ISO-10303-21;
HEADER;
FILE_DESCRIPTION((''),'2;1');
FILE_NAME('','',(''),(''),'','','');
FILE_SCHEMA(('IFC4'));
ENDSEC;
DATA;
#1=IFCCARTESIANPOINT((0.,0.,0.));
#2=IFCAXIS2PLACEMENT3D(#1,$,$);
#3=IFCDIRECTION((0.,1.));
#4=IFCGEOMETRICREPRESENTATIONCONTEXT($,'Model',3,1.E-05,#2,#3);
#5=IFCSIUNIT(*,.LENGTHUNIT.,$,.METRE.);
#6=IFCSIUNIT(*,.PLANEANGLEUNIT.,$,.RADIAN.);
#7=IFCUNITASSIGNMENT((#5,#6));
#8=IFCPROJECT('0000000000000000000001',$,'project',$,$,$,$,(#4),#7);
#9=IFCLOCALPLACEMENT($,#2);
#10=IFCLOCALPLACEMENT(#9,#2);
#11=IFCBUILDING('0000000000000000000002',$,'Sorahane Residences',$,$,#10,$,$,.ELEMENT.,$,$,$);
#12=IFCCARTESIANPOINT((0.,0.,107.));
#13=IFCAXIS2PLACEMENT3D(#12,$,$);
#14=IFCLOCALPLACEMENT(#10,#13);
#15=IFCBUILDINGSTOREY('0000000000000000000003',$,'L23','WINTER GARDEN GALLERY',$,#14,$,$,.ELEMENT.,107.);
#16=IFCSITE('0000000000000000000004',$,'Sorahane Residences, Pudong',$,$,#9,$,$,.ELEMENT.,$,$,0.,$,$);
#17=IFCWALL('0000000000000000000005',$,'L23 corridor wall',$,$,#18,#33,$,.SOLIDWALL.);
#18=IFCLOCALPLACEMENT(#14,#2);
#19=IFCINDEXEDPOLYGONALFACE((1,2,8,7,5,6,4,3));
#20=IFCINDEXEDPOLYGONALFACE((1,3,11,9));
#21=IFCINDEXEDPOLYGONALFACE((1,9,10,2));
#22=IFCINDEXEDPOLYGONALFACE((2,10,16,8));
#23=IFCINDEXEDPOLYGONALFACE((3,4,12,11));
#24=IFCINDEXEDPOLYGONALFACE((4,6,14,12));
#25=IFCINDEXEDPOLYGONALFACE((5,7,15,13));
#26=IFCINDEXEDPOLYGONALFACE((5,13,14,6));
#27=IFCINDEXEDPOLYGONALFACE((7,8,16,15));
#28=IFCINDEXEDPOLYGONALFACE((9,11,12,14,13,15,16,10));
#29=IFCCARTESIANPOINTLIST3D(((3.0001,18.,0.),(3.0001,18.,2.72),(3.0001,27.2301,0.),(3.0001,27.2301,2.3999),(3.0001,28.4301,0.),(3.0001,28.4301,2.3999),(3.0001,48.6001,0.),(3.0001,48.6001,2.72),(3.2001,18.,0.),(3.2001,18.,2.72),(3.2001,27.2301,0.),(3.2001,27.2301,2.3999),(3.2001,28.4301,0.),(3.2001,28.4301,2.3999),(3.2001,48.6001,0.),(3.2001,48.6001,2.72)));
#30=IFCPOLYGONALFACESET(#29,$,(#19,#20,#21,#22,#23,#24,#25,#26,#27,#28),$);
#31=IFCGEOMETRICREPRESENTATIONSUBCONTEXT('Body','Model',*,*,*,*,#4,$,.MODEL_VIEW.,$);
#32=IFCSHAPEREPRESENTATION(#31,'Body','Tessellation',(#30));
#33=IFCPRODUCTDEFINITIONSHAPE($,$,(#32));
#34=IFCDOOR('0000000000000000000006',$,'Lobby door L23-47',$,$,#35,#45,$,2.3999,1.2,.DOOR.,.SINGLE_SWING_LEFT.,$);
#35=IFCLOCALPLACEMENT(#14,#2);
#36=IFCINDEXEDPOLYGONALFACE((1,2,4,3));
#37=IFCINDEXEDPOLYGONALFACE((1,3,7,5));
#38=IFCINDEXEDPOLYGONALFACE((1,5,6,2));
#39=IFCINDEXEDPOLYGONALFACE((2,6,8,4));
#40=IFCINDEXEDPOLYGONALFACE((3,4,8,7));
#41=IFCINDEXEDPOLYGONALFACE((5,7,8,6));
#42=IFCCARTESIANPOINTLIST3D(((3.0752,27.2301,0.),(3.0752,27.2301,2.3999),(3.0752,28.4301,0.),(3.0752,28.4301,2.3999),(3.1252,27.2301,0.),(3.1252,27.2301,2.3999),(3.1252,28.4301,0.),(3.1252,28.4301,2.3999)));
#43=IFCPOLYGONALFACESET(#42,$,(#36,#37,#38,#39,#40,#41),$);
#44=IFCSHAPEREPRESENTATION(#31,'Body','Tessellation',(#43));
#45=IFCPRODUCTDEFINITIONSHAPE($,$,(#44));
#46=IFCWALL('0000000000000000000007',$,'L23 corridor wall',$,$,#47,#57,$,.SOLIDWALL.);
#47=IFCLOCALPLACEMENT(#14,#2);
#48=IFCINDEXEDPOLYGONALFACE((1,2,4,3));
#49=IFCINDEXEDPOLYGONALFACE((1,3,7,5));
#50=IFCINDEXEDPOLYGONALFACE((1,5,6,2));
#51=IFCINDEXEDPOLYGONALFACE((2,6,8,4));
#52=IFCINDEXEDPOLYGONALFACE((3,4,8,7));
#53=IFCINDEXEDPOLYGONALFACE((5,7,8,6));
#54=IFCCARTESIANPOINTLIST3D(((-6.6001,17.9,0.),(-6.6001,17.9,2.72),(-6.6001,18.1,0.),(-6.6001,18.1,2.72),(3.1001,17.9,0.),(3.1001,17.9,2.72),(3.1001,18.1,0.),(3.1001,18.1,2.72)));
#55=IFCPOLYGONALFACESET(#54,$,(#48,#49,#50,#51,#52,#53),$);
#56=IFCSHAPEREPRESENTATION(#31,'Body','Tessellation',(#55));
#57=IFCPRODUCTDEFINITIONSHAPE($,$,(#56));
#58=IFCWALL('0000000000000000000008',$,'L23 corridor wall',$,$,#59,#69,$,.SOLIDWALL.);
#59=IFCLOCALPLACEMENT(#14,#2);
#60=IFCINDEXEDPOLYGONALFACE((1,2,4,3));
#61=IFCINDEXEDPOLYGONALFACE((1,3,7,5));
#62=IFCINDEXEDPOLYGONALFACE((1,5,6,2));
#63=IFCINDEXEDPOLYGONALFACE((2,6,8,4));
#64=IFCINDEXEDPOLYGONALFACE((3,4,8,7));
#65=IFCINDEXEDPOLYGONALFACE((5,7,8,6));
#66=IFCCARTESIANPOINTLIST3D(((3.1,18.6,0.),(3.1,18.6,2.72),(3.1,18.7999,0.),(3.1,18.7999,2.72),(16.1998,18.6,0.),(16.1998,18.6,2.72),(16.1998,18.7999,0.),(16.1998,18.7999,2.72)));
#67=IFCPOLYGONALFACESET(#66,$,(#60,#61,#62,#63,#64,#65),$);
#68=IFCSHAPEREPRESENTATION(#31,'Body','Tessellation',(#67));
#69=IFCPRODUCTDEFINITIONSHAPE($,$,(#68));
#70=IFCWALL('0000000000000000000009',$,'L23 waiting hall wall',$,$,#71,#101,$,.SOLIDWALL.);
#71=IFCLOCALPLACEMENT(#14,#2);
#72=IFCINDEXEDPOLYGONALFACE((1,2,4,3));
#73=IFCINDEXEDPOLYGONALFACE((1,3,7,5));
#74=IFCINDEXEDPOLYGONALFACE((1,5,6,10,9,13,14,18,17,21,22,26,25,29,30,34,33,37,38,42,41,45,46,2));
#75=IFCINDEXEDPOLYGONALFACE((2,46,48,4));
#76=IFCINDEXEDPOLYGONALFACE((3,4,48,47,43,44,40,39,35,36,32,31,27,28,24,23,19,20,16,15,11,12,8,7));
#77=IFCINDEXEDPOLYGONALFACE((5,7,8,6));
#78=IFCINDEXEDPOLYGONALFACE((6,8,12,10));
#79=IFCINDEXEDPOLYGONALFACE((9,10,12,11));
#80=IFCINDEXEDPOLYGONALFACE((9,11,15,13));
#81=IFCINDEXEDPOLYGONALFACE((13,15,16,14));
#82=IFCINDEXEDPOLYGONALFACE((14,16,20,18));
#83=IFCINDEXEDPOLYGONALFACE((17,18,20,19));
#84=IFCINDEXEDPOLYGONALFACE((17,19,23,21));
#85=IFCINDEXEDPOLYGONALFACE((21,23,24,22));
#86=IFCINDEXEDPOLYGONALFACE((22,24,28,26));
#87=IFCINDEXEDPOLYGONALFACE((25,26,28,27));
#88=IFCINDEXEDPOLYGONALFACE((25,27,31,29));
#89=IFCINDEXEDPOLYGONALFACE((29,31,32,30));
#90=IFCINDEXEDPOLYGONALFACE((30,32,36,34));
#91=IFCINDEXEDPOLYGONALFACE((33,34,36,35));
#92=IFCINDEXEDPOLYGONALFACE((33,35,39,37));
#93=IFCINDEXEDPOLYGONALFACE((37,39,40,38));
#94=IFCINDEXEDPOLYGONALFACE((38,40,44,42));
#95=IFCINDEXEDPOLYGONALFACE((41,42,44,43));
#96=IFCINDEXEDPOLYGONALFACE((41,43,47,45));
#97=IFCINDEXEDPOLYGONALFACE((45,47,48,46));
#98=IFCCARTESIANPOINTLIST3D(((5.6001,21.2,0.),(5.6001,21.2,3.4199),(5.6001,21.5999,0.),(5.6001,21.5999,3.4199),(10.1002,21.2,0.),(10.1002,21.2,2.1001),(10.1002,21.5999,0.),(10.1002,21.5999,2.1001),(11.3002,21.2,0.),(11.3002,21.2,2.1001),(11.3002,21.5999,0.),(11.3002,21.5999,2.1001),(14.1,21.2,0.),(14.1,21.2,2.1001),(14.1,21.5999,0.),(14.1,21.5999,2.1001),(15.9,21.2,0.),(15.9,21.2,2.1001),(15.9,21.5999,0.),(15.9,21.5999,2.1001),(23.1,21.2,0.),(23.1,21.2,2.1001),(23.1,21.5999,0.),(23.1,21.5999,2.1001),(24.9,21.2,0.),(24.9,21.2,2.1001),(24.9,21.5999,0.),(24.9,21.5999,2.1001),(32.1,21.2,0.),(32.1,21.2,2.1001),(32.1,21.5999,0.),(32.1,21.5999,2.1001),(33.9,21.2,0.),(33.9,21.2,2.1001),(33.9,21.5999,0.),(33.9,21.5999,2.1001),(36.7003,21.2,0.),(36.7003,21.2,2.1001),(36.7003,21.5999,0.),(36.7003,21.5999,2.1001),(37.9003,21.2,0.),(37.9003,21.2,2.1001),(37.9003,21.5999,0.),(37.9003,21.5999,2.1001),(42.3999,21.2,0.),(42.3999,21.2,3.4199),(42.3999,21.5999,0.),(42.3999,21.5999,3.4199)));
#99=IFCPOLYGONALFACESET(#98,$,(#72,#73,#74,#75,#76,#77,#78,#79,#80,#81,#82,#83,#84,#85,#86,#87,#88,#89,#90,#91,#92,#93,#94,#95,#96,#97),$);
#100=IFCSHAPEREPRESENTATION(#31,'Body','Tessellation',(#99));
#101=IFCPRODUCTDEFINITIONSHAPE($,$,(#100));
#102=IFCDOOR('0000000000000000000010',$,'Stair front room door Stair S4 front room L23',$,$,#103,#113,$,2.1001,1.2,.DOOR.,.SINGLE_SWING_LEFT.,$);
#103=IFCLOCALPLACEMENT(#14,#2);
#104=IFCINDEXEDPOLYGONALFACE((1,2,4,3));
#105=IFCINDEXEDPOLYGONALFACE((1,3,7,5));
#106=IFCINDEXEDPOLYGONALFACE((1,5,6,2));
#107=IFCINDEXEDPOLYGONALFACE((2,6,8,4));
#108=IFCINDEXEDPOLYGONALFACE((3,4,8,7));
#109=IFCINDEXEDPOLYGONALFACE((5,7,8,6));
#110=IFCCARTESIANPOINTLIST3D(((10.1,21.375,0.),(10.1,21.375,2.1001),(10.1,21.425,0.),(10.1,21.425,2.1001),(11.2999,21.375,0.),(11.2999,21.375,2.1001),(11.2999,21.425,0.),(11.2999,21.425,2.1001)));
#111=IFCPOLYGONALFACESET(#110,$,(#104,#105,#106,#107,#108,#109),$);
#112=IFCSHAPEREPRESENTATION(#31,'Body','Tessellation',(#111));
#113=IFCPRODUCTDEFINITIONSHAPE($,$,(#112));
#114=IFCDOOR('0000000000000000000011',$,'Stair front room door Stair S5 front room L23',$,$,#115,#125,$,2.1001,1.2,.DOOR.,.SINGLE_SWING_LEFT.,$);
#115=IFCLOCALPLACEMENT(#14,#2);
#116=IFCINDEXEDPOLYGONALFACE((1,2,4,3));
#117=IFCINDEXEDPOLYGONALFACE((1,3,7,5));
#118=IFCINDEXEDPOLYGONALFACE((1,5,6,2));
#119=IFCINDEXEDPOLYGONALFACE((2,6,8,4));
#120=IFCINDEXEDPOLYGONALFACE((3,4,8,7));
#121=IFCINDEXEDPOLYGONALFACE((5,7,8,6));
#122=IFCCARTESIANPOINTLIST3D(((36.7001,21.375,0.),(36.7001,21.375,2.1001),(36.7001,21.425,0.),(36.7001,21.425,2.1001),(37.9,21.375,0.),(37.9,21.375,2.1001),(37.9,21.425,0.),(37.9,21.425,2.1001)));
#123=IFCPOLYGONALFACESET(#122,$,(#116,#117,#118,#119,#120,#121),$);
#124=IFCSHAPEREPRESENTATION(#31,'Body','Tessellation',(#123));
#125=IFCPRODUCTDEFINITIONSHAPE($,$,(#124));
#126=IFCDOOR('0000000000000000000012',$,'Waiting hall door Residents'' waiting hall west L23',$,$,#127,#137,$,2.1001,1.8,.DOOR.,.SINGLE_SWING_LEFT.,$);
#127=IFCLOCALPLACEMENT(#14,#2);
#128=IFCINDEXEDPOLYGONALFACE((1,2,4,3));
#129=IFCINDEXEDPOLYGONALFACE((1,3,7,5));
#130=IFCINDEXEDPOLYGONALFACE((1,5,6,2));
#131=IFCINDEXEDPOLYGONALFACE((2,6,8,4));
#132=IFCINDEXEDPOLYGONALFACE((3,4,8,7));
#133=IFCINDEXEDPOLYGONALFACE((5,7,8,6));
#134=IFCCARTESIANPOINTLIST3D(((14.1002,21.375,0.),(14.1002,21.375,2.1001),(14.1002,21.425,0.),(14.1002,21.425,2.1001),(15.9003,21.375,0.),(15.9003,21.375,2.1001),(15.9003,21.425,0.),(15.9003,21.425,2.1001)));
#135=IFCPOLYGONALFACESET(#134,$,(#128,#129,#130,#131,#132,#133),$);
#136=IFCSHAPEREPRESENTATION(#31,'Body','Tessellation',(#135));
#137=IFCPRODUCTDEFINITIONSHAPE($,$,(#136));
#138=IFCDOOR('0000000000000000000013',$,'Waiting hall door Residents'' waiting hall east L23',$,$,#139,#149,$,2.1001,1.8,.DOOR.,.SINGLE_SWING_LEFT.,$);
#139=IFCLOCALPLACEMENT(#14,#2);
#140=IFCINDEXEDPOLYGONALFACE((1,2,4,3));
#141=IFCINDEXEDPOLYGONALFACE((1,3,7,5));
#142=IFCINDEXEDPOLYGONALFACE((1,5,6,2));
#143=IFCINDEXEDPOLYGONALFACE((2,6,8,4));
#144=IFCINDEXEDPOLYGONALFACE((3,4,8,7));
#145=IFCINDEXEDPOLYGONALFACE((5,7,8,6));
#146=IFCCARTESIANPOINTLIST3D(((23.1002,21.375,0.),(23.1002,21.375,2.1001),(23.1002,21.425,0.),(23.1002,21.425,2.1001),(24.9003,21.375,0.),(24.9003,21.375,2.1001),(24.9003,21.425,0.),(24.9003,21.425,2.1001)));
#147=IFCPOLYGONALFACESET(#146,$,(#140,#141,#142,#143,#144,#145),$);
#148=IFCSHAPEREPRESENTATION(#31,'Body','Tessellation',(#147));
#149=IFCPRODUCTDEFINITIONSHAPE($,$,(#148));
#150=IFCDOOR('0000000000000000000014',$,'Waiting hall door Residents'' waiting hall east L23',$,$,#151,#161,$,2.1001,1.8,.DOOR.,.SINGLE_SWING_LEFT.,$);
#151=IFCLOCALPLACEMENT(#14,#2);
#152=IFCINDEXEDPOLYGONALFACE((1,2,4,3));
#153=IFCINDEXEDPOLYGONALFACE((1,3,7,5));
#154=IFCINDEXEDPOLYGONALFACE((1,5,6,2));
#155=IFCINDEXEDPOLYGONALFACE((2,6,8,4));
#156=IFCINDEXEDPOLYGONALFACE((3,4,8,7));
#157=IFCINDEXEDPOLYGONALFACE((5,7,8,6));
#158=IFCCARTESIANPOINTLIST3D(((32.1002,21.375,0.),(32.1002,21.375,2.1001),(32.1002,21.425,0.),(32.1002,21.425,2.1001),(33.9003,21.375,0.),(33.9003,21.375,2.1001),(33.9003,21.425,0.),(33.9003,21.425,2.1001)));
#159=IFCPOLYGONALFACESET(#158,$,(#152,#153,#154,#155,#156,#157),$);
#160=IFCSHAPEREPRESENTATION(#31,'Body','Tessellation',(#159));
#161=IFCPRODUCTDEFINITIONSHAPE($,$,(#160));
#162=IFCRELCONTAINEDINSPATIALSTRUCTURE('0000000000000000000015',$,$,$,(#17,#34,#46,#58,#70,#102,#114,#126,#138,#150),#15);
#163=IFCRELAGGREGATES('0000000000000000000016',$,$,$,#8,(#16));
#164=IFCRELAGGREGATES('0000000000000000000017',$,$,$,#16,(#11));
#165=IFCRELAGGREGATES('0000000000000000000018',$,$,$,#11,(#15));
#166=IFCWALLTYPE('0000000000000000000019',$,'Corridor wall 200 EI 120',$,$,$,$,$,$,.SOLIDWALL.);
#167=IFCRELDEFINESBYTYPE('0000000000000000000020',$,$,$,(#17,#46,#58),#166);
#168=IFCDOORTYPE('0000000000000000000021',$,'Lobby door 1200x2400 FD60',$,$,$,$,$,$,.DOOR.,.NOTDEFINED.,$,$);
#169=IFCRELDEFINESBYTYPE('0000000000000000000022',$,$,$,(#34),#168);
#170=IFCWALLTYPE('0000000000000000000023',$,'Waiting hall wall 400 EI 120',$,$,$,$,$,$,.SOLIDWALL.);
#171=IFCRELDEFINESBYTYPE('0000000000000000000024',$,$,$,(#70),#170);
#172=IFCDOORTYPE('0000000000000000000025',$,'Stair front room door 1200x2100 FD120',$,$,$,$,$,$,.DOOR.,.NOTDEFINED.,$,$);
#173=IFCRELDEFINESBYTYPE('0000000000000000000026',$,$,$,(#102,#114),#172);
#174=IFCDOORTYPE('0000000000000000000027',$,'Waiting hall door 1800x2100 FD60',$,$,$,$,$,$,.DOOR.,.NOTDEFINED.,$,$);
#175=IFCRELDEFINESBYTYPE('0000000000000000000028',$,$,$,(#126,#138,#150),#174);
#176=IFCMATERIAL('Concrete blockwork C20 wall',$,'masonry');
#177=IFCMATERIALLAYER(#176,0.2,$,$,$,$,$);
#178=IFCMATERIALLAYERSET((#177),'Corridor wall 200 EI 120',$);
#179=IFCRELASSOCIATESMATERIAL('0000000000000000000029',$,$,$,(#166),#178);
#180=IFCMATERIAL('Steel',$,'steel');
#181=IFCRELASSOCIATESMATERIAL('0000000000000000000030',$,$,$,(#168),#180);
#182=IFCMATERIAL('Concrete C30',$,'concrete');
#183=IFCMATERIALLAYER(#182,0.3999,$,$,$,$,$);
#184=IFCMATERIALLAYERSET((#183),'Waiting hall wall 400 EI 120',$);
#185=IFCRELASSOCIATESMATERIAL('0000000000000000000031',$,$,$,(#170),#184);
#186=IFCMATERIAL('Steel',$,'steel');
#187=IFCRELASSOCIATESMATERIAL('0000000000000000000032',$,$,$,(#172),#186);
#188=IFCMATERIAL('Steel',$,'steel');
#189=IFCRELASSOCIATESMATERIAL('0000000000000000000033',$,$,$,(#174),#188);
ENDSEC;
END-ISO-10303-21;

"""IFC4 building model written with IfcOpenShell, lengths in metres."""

from ifc_helpers import new_model, si_unit, direction, frame, frame_2d, origin, place, context, subcontext, project, spatial, rectangle, extrude, material, layer, layer_set, type_object, element, fill, save


model = new_model("IFC4")

# Units and contexts
model_context = context("Model", 3, precision=1e-05, world=origin(), true_north=direction((0.0, 1.0)))
body_context = subcontext(model_context, "Body", "Model", "MODEL_VIEW")
ifc_project = project(units=[si_unit("LENGTHUNIT", "METRE"), si_unit("PLANEANGLEUNIT", "RADIAN")], contexts=[model_context])

# Site, building, storey
site_placement = place(None, origin())
site = spatial("IfcSite", under=ifc_project, at=site_placement, Name="Sorahane Residences, Pudong", CompositionType="ELEMENT", RefElevation=0.0)
building_placement = place(site_placement, origin())
building = spatial("IfcBuilding", under=site, at=building_placement, Name="Sorahane Residences", CompositionType="ELEMENT")
storey_placement = place(building_placement, frame((0.0, 0.0, 107.0)))
storey = spatial("IfcBuildingStorey", under=building, at=storey_placement, Name="L23", Description="WINTER GARDEN GALLERY", CompositionType="ELEMENT", Elevation=107.0)

# Wall, opening, door
ifc_material_1 = material(Name="Concrete blockwork C20 wall", Category="masonry")
ifc_layer_1 = layer(ifc_material_1, 0.2)
ifc_layer_set_1 = layer_set([ifc_layer_1], Name="Corridor wall 200 EI 120")
wall_type_1 = type_object("IfcWallType", Name="Corridor wall 200 EI 120", PredefinedType="SOLIDWALL", material=ifc_layer_set_1)
wall_1_placement = place(storey_placement, frame((3.1001, 18.0, 0.0), z_axis=(0.0, 0.0, 1.0), x_axis=(0.0, 1.0, 0.0)))
wall_1 = element("IfcWall", 1, at=wall_1_placement, inside=storey, type_object=wall_type_1, Name="L23 corridor wall", PredefinedType="SOLIDWALL", context=body_context, shape_type="SweptSolid", body=[
    extrude(rectangle(XDim=30.6001, YDim=0.2, at=frame_2d((15.3, 0.0))), origin(), (0.0, 0.0, 1.0), 2.72),
])
opening_1_placement = place(wall_1_placement, frame((9.23, 0.0, 0.0)))
opening_1 = element("IfcOpeningElement", 2, at=opening_1_placement, cuts=wall_1, PredefinedType="OPENING", context=body_context, shape_type="SweptSolid", body=[
    extrude(rectangle(XDim=1.2, YDim=2.3999, at=frame_2d((0.6001, 1.2))), frame((0.0, 0.1099, 0.0), z_axis=(0.0, -1.0, 0.0), x_axis=(1.0, 0.0, 0.0)), (0.0, 0.0, 1.0), 0.22),
])
ifc_material_2 = material(Name="Steel", Category="steel")
door_type_1 = type_object("IfcDoorType", Name="Lobby door 1200x2400 FD60", OperationType="NOTDEFINED", PredefinedType="DOOR", material=ifc_material_2)
door_1_placement = place(opening_1_placement, origin())
door_1 = element("IfcDoor", 3, at=door_1_placement, inside=storey, type_object=door_type_1, Name="Lobby door L23-47", OperationType="SINGLE_SWING_LEFT", OverallHeight=2.3999, OverallWidth=1.2, PredefinedType="DOOR", context=body_context, shape_type="SweptSolid", body=[
    extrude(rectangle(XDim=1.2, YDim=2.3999, at=frame_2d((0.6001, 1.2))), frame((0.0, 0.0249, 0.0), z_axis=(0.0, -1.0, 0.0), x_axis=(1.0, 0.0, 0.0)), (0.0, 0.0, 1.0), 0.05),
])
fill(opening_1, door_1)

# Walls
wall_2_placement = place(storey_placement, frame((-6.6001, 18.0, 0.0), z_axis=(0.0, 0.0, 1.0), x_axis=(1.0, 0.0, 0.0)))
element("IfcWall", 4, at=wall_2_placement, inside=storey, type_object=wall_type_1, Name="L23 corridor wall", PredefinedType="SOLIDWALL", context=body_context, shape_type="SweptSolid", body=[
    extrude(rectangle(XDim=9.7002, YDim=0.2, at=frame_2d((4.8501, 0.0))), origin(), (0.0, 0.0, 1.0), 2.72),
])
wall_3_placement = place(storey_placement, frame((3.1001, 18.7, 0.0), z_axis=(0.0, 0.0, 1.0), x_axis=(1.0, 0.0, 0.0)))
element("IfcWall", 5, at=wall_3_placement, inside=storey, type_object=wall_type_1, Name="L23 corridor wall", PredefinedType="SOLIDWALL", context=body_context, shape_type="SweptSolid", body=[
    extrude(rectangle(XDim=13.0999, YDim=0.2, at=frame_2d((6.5498, 0.0))), origin(), (0.0, 0.0, 1.0), 2.72),
])

# Wall, openings, doors
ifc_material_3 = material(Name="Concrete C30", Category="concrete")
ifc_layer_2 = layer(ifc_material_3, 0.3999)
ifc_layer_set_2 = layer_set([ifc_layer_2], Name="Waiting hall wall 400 EI 120")
wall_type_2 = type_object("IfcWallType", Name="Waiting hall wall 400 EI 120", PredefinedType="SOLIDWALL", material=ifc_layer_set_2)
wall_4_placement = place(storey_placement, frame((5.6001, 21.3999, 0.0), z_axis=(0.0, 0.0, 1.0), x_axis=(1.0, 0.0, 0.0)))
wall_4 = element("IfcWall", 6, at=wall_4_placement, inside=storey, type_object=wall_type_2, Name="L23 waiting hall wall", PredefinedType="SOLIDWALL", context=body_context, shape_type="SweptSolid", body=[
    extrude(rectangle(XDim=36.7998, YDim=0.3999, at=frame_2d((18.3999, 0.0))), origin(), (0.0, 0.0, 1.0), 3.4199),
])
opening_2_placement = place(wall_4_placement, frame((8.5, 0.0, 0.0)))
opening_2 = element("IfcOpeningElement", 7, at=opening_2_placement, cuts=wall_4, PredefinedType="OPENING", context=body_context, shape_type="SweptSolid", body=[
    extrude(rectangle(XDim=1.8, YDim=2.1001, at=frame_2d((0.8999, 1.05))), frame((0.0, 0.21, 0.0), z_axis=(0.0, -1.0, 0.0), x_axis=(1.0, 0.0, 0.0)), (0.0, 0.0, 1.0), 0.4199),
])
opening_3_placement = place(wall_4_placement, frame((17.5, 0.0, 0.0)))
opening_3 = element("IfcOpeningElement", 8, at=opening_3_placement, cuts=wall_4, PredefinedType="OPENING", context=body_context, shape_type="SweptSolid", body=[
    extrude(rectangle(XDim=1.8, YDim=2.1001, at=frame_2d((0.8999, 1.05))), frame((0.0, 0.21, 0.0), z_axis=(0.0, -1.0, 0.0), x_axis=(1.0, 0.0, 0.0)), (0.0, 0.0, 1.0), 0.4199),
])
opening_4_placement = place(wall_4_placement, frame((26.5, 0.0, 0.0)))
opening_4 = element("IfcOpeningElement", 9, at=opening_4_placement, cuts=wall_4, PredefinedType="OPENING", context=body_context, shape_type="SweptSolid", body=[
    extrude(rectangle(XDim=1.8, YDim=2.1001, at=frame_2d((0.8999, 1.05))), frame((0.0, 0.21, 0.0), z_axis=(0.0, -1.0, 0.0), x_axis=(1.0, 0.0, 0.0)), (0.0, 0.0, 1.0), 0.4199),
])
opening_5_placement = place(wall_4_placement, frame((4.5, 0.0, 0.0)))
opening_5 = element("IfcOpeningElement", 10, at=opening_5_placement, cuts=wall_4, PredefinedType="OPENING", context=body_context, shape_type="SweptSolid", body=[
    extrude(rectangle(XDim=1.2, YDim=2.1001, at=frame_2d((0.6001, 1.05))), frame((0.0, 0.21, 0.0), z_axis=(0.0, -1.0, 0.0), x_axis=(1.0, 0.0, 0.0)), (0.0, 0.0, 1.0), 0.4199),
])
opening_6_placement = place(wall_4_placement, frame((31.1001, 0.0, 0.0)))
opening_6 = element("IfcOpeningElement", 11, at=opening_6_placement, cuts=wall_4, PredefinedType="OPENING", context=body_context, shape_type="SweptSolid", body=[
    extrude(rectangle(XDim=1.2, YDim=2.1001, at=frame_2d((0.6001, 1.05))), frame((0.0, 0.21, 0.0), z_axis=(0.0, -1.0, 0.0), x_axis=(1.0, 0.0, 0.0)), (0.0, 0.0, 1.0), 0.4199),
])
ifc_material_4 = material(Name="Steel", Category="steel")
door_type_2 = type_object("IfcDoorType", Name="Stair front room door 1200x2100 FD120", OperationType="NOTDEFINED", PredefinedType="DOOR", material=ifc_material_4)
door_2_placement = place(opening_5_placement, frame((1.2, 0.0, 0.0), z_axis=(0.0, 0.0, 1.0), x_axis=(-1.0, 0.0, 0.0)))
door_2 = element("IfcDoor", 12, at=door_2_placement, inside=storey, type_object=door_type_2, Name="Stair front room door Stair S4 front room L23", OperationType="SINGLE_SWING_LEFT", OverallHeight=2.1001, OverallWidth=1.2, PredefinedType="DOOR", context=body_context, shape_type="SweptSolid", body=[
    extrude(rectangle(XDim=1.2, YDim=2.1001, at=frame_2d((0.6001, 1.05))), frame((0.0, 0.0249, 0.0), z_axis=(0.0, -1.0, 0.0), x_axis=(1.0, 0.0, 0.0)), (0.0, 0.0, 1.0), 0.05),
])
fill(opening_5, door_2)
door_3_placement = place(opening_6_placement, frame((1.2, 0.0, 0.0), z_axis=(0.0, 0.0, 1.0), x_axis=(-1.0, 0.0, 0.0)))
door_3 = element("IfcDoor", 13, at=door_3_placement, inside=storey, type_object=door_type_2, Name="Stair front room door Stair S5 front room L23", OperationType="SINGLE_SWING_LEFT", OverallHeight=2.1001, OverallWidth=1.2, PredefinedType="DOOR", context=body_context, shape_type="SweptSolid", body=[
    extrude(rectangle(XDim=1.2, YDim=2.1001, at=frame_2d((0.6001, 1.05))), frame((0.0, 0.0249, 0.0), z_axis=(0.0, -1.0, 0.0), x_axis=(1.0, 0.0, 0.0)), (0.0, 0.0, 1.0), 0.05),
])
fill(opening_6, door_3)
ifc_material_5 = material(Name="Steel", Category="steel")
door_type_3 = type_object("IfcDoorType", Name="Waiting hall door 1800x2100 FD60", OperationType="NOTDEFINED", PredefinedType="DOOR", material=ifc_material_5)
door_4_placement = place(opening_2_placement, frame((1.8, 0.0, 0.0), z_axis=(0.0, 0.0, 1.0), x_axis=(-1.0, 0.0, 0.0)))
door_4 = element("IfcDoor", 14, at=door_4_placement, inside=storey, type_object=door_type_3, Name="Waiting hall door Residents' waiting hall west L23", OperationType="SINGLE_SWING_LEFT", OverallHeight=2.1001, OverallWidth=1.8, PredefinedType="DOOR", context=body_context, shape_type="SweptSolid", body=[
    extrude(rectangle(XDim=1.8, YDim=2.1001, at=frame_2d((0.8999, 1.05))), frame((0.0, 0.0249, 0.0), z_axis=(0.0, -1.0, 0.0), x_axis=(1.0, 0.0, 0.0)), (0.0, 0.0, 1.0), 0.05),
])
fill(opening_2, door_4)
door_5_placement = place(opening_3_placement, frame((1.8, 0.0, 0.0), z_axis=(0.0, 0.0, 1.0), x_axis=(-1.0, 0.0, 0.0)))
door_5 = element("IfcDoor", 15, at=door_5_placement, inside=storey, type_object=door_type_3, Name="Waiting hall door Residents' waiting hall east L23", OperationType="SINGLE_SWING_LEFT", OverallHeight=2.1001, OverallWidth=1.8, PredefinedType="DOOR", context=body_context, shape_type="SweptSolid", body=[
    extrude(rectangle(XDim=1.8, YDim=2.1001, at=frame_2d((0.8999, 1.05))), frame((0.0, 0.0249, 0.0), z_axis=(0.0, -1.0, 0.0), x_axis=(1.0, 0.0, 0.0)), (0.0, 0.0, 1.0), 0.05),
])
fill(opening_3, door_5)
door_6_placement = place(opening_4_placement, frame((1.8, 0.0, 0.0), z_axis=(0.0, 0.0, 1.0), x_axis=(-1.0, 0.0, 0.0)))
door_6 = element("IfcDoor", 16, at=door_6_placement, inside=storey, type_object=door_type_3, Name="Waiting hall door Residents' waiting hall east L23", OperationType="SINGLE_SWING_LEFT", OverallHeight=2.1001, OverallWidth=1.8, PredefinedType="DOOR", context=body_context, shape_type="SweptSolid", body=[
    extrude(rectangle(XDim=1.8, YDim=2.1001, at=frame_2d((0.8999, 1.05))), frame((0.0, 0.0249, 0.0), z_axis=(0.0, -1.0, 0.0), x_axis=(1.0, 0.0, 0.0)), (0.0, 0.0, 1.0), 0.05),
])
fill(opening_4, door_6)

save(model, "model.ifc")
